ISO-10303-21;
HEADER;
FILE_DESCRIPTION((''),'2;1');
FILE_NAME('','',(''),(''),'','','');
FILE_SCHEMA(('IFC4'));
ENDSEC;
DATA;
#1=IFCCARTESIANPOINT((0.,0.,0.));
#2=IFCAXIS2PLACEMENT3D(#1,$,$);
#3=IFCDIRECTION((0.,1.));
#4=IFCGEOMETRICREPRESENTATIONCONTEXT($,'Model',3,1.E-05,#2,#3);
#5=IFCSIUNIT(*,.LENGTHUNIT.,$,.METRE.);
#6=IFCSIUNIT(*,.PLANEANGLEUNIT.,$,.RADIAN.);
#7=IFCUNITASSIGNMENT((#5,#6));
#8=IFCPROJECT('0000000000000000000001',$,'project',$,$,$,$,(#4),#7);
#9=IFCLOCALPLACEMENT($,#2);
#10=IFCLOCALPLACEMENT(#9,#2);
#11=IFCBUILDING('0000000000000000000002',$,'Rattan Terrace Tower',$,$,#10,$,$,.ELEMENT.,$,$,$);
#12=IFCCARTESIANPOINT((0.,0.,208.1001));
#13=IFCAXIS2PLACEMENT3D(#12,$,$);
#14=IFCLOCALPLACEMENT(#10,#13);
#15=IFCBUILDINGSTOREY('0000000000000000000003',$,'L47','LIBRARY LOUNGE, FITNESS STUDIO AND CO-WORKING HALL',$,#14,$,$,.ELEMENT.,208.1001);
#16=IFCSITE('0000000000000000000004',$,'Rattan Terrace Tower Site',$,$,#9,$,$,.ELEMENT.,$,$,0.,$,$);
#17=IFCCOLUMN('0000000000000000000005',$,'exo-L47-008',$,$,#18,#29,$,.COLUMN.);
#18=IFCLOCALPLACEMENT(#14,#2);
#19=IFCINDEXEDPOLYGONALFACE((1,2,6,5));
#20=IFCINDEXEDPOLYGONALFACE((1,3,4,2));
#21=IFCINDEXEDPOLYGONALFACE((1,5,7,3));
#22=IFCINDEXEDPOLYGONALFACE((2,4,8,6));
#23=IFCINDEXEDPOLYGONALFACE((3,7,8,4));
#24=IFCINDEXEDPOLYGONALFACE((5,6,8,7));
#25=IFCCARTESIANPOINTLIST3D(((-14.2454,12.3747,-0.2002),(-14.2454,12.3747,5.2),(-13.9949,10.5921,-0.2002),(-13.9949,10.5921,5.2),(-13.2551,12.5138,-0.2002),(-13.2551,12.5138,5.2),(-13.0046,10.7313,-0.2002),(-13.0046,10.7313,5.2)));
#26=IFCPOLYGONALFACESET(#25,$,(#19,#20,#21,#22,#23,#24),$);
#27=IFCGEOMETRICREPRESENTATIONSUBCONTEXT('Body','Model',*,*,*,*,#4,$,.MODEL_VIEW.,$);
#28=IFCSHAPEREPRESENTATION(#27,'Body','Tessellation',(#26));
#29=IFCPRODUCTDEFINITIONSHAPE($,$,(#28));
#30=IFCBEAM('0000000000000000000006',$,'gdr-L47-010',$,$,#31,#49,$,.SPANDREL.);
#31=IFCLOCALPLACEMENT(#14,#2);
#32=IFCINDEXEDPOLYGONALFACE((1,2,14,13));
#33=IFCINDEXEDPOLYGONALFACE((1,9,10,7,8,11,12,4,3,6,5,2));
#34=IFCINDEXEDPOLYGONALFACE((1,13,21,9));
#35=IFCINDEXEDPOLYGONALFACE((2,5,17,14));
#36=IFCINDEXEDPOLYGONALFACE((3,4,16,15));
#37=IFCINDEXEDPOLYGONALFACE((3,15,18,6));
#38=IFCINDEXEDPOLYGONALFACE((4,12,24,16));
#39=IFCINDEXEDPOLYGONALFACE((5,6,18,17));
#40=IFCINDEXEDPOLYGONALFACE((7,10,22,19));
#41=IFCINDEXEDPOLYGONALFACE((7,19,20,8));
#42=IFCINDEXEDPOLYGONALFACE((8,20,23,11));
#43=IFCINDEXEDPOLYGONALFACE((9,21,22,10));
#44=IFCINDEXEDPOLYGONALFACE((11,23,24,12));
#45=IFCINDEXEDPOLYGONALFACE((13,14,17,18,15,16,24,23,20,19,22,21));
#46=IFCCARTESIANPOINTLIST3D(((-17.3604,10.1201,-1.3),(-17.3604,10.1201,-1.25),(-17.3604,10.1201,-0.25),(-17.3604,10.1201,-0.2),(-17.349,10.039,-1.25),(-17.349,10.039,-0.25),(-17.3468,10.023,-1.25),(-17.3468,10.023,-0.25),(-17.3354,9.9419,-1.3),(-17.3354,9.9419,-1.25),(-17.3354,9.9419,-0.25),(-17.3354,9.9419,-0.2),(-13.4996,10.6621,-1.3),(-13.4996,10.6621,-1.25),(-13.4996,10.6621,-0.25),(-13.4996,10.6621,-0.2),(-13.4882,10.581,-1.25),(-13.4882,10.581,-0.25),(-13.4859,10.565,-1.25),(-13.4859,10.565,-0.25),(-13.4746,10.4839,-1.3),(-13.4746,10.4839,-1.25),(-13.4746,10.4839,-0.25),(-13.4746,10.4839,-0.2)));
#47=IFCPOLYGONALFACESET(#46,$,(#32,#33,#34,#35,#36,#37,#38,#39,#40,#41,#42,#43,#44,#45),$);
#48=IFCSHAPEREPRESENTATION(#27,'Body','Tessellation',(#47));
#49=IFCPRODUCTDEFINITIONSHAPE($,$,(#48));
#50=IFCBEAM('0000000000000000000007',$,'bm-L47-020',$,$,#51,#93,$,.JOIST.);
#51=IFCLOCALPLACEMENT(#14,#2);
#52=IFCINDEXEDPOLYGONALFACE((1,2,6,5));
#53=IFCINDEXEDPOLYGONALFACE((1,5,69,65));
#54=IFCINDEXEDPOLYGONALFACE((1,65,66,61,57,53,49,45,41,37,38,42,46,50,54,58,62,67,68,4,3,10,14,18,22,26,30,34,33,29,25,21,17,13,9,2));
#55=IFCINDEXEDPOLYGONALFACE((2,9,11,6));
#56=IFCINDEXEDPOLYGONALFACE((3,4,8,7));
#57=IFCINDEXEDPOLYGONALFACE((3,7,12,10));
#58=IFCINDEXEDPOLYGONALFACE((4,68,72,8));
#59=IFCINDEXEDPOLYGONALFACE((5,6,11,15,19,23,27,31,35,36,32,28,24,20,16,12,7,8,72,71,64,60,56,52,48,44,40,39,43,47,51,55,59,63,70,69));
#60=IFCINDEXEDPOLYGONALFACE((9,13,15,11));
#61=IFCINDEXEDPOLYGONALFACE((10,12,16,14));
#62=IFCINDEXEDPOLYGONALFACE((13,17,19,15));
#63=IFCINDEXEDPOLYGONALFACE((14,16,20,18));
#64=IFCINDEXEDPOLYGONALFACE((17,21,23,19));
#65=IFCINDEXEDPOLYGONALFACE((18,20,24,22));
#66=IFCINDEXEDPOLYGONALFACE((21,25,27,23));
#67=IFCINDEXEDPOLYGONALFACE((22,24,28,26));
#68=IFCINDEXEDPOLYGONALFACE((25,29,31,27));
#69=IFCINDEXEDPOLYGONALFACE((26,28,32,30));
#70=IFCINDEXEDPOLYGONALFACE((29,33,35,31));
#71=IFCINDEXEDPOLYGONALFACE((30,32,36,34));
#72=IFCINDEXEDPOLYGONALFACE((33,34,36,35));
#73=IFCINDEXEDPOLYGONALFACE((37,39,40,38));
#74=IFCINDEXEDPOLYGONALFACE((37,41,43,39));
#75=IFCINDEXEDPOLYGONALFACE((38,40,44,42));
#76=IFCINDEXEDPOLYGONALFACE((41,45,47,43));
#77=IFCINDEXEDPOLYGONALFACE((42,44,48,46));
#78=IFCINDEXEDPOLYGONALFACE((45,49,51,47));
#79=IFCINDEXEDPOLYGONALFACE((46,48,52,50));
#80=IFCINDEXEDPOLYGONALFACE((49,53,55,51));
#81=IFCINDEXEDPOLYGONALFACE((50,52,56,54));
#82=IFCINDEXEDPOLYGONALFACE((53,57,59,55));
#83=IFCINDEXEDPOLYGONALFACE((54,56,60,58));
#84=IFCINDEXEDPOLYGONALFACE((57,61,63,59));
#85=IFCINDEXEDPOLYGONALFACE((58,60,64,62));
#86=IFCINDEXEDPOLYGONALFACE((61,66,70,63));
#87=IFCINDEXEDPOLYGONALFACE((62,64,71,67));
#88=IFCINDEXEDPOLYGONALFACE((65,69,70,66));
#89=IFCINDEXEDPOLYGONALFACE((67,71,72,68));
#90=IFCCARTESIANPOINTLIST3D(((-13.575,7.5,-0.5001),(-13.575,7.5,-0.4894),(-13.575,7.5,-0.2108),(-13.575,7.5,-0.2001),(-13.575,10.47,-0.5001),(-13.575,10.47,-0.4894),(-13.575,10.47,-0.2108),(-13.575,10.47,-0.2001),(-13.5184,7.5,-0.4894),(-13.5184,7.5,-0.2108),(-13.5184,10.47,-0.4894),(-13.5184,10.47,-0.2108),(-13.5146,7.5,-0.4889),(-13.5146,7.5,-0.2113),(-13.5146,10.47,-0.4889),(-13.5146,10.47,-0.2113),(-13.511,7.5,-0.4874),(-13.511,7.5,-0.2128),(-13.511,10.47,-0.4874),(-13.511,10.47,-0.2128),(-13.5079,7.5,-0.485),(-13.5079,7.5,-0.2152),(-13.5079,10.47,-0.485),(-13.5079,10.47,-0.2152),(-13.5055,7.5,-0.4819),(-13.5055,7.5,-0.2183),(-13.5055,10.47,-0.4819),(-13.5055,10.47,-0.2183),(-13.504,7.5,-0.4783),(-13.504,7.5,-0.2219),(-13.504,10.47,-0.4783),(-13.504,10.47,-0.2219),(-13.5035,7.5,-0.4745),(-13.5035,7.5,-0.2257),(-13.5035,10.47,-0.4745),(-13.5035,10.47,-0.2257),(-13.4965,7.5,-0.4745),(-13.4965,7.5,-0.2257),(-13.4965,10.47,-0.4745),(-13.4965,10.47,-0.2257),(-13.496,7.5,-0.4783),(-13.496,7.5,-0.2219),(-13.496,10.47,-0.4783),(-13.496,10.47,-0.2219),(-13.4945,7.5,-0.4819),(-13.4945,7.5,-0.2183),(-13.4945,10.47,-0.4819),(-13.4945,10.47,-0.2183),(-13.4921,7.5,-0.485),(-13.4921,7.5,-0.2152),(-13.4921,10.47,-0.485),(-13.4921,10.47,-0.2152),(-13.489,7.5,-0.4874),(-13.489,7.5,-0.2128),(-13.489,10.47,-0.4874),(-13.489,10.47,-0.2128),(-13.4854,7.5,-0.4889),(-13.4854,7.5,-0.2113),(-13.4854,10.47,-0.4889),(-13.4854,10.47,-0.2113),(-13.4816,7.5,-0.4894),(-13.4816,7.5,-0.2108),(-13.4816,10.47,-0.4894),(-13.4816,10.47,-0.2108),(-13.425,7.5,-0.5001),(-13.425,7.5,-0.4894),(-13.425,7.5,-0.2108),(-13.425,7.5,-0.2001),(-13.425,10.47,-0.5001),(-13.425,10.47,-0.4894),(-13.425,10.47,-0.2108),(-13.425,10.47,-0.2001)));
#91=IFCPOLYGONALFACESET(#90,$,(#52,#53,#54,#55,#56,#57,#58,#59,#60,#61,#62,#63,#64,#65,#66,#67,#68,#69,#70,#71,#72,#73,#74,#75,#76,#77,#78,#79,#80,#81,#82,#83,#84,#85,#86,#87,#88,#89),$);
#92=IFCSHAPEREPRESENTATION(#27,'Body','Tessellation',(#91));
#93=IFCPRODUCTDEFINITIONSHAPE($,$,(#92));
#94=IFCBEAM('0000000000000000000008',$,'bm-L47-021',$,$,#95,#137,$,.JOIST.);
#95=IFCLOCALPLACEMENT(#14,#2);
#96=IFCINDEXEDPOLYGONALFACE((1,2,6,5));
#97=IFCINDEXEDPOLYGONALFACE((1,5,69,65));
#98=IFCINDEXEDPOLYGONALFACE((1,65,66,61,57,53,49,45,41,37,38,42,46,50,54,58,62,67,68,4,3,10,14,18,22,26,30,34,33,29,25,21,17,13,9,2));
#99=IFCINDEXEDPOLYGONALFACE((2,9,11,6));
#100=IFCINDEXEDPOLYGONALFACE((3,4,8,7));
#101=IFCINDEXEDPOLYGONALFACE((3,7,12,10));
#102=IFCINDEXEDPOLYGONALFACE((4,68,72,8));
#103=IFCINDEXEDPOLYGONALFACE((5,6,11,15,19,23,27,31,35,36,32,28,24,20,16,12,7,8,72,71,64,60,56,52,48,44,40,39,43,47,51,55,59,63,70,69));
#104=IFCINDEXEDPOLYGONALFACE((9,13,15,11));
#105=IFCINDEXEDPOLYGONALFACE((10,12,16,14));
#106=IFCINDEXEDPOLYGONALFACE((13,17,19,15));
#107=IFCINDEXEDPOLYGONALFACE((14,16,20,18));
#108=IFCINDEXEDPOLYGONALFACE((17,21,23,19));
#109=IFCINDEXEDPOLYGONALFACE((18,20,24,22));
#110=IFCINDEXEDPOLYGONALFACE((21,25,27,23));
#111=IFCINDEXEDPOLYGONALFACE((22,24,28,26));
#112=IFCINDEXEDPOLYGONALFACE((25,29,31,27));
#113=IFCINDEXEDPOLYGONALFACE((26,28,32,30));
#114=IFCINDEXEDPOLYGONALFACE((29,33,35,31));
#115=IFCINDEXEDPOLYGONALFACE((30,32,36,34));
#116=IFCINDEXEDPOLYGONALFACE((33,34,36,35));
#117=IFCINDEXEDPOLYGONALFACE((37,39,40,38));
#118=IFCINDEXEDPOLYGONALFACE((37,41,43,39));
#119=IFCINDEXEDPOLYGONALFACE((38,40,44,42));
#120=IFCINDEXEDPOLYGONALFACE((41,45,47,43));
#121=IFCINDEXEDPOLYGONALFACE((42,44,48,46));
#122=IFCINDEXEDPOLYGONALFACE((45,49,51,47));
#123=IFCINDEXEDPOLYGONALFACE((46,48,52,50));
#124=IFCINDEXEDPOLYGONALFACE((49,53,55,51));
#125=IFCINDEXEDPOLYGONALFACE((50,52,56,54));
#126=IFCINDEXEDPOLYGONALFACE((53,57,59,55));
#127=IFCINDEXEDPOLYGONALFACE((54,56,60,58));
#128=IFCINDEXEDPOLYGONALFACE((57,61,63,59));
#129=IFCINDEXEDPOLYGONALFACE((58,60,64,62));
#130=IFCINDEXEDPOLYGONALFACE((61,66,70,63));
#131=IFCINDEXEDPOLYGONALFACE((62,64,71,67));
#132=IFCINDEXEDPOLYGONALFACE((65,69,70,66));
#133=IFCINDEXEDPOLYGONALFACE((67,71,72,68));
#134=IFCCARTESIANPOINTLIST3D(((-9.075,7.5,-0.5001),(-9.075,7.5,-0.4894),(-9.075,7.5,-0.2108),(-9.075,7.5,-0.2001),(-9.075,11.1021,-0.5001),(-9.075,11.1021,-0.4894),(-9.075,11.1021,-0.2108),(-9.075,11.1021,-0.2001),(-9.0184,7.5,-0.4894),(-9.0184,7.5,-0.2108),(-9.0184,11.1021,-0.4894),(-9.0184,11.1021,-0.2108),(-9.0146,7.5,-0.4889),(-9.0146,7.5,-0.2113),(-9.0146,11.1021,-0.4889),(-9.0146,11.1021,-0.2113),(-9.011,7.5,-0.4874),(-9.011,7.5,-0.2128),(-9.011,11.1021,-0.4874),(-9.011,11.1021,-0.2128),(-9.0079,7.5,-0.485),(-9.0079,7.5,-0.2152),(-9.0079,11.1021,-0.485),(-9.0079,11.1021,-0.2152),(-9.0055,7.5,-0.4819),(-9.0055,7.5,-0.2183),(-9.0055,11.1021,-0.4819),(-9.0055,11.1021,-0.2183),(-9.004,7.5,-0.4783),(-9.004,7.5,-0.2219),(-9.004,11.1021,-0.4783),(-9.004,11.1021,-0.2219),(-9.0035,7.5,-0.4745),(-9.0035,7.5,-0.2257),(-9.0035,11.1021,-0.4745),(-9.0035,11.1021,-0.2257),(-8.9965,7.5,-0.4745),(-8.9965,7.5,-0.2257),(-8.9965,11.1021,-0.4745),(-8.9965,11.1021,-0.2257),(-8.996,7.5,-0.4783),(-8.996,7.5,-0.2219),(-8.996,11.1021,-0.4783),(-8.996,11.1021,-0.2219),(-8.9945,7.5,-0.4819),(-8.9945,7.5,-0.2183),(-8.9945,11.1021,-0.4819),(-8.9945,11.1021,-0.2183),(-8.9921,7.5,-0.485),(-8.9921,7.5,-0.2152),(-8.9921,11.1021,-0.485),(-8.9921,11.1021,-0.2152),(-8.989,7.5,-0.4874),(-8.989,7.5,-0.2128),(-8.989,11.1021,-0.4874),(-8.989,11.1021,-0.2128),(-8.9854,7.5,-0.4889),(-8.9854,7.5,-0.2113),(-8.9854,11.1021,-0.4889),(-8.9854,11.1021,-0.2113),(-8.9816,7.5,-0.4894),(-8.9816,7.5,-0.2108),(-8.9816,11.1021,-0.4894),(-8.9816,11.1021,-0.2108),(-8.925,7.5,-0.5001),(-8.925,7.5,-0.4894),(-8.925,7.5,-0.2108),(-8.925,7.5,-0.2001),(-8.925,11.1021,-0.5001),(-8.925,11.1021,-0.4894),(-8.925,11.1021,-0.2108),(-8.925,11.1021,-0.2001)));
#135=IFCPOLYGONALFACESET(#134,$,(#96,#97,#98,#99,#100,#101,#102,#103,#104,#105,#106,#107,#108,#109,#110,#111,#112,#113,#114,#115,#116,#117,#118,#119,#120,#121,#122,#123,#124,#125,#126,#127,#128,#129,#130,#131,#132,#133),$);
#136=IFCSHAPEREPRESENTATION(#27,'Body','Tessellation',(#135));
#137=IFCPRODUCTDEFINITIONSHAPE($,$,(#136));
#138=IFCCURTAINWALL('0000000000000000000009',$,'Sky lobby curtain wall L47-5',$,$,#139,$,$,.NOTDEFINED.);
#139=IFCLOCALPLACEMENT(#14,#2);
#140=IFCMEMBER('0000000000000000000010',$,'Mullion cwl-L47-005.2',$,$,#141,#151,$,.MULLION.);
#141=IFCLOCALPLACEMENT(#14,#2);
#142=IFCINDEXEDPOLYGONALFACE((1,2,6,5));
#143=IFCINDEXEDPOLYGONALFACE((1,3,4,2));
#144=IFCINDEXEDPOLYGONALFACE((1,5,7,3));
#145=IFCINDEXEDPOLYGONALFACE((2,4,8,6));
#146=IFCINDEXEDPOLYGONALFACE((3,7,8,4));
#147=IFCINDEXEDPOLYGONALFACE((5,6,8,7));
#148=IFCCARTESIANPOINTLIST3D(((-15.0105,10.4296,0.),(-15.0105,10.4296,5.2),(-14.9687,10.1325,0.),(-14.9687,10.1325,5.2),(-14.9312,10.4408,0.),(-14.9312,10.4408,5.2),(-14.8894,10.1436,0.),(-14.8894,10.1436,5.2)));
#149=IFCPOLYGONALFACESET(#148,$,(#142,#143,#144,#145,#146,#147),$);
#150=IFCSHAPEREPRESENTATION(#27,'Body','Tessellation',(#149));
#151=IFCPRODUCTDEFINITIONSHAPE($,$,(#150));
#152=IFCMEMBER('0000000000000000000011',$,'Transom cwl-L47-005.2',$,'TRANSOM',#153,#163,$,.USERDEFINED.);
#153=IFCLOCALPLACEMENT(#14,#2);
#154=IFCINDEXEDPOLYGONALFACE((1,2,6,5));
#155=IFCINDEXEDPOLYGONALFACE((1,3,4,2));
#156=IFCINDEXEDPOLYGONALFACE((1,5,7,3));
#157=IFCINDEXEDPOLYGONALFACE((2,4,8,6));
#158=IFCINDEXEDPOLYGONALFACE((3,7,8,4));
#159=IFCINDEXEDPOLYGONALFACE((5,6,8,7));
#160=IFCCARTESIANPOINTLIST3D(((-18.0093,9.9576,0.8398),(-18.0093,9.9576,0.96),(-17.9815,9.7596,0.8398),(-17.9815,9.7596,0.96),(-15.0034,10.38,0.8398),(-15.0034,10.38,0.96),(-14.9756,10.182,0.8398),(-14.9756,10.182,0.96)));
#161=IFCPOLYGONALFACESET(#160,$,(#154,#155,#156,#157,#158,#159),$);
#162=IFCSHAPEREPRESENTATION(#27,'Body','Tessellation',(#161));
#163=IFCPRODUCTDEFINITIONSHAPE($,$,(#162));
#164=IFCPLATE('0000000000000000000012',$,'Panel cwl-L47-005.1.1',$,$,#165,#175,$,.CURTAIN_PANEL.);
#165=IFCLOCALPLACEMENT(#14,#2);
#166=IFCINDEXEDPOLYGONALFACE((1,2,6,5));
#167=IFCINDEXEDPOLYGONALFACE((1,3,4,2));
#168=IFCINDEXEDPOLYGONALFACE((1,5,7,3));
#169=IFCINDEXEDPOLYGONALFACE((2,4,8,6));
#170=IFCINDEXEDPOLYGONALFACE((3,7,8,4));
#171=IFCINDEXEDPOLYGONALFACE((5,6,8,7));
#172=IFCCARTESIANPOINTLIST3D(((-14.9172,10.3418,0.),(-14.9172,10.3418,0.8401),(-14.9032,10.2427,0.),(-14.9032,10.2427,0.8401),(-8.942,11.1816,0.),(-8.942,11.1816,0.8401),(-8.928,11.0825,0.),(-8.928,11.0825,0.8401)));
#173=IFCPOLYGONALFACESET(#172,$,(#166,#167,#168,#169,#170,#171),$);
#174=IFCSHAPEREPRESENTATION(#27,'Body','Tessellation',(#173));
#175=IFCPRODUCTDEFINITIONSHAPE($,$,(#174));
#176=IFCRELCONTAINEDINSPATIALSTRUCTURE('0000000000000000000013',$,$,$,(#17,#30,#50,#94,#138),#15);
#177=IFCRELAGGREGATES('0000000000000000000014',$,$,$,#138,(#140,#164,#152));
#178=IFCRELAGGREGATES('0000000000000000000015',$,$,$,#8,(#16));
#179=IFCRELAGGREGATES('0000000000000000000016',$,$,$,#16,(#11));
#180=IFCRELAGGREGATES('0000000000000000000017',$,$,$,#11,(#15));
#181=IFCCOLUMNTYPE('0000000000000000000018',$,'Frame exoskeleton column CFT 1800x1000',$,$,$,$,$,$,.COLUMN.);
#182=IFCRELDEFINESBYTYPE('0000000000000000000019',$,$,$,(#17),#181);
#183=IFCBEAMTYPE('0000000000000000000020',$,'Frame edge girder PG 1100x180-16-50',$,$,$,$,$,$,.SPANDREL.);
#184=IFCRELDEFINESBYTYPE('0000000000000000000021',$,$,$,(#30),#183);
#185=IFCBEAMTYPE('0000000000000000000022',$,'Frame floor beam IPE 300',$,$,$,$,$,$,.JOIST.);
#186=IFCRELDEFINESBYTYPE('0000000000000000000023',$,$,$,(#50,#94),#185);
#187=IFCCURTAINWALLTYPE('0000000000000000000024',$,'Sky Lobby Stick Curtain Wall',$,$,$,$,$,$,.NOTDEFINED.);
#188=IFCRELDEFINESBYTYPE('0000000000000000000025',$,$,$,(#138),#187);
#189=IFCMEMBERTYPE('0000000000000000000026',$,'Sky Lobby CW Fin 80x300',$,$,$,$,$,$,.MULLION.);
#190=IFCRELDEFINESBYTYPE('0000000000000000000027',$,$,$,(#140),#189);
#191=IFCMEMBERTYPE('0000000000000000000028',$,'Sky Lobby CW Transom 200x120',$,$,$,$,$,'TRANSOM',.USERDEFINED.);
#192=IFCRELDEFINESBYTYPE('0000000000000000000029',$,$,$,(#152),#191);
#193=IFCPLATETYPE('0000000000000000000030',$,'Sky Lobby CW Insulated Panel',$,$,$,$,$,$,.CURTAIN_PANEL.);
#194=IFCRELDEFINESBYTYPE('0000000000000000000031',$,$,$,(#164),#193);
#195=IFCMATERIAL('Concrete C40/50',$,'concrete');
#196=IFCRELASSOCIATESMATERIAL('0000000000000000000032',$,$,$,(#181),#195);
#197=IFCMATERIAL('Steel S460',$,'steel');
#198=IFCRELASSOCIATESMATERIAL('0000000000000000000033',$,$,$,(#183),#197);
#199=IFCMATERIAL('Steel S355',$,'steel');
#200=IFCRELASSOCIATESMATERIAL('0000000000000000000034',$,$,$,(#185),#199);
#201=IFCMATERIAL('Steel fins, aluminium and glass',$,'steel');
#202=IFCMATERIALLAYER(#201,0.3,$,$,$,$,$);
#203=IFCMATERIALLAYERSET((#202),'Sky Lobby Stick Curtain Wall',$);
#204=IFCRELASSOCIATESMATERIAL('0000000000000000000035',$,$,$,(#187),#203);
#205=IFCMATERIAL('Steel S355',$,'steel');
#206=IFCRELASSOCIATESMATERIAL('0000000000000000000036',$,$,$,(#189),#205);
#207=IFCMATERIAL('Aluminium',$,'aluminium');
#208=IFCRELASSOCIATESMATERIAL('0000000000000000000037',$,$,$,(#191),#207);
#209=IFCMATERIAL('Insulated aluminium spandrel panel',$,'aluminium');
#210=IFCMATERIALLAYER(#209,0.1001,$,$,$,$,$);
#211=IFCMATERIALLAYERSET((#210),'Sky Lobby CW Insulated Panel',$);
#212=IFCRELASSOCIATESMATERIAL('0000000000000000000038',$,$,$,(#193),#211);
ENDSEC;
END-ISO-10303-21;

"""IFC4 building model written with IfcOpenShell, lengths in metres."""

from ifc_helpers import new_model, si_unit, direction, frame, origin, origin_2d, place, context, subcontext, project, spatial, rectangle, i_section, extrude, material, layer, layer_set, material_profile, profile_set, type_object, element, aggregate, save


model = new_model("IFC4")

# Units and contexts
model_context = context("Model", 3, precision=1e-05, world=origin(), true_north=direction((0.0, 1.0)))
body_context = subcontext(model_context, "Body", "Model", "MODEL_VIEW")
ifc_project = project(units=[si_unit("LENGTHUNIT", "METRE"), si_unit("PLANEANGLEUNIT", "RADIAN")], contexts=[model_context])

# Site, building, storey
site_placement = place(None, origin())
site = spatial("IfcSite", under=ifc_project, at=site_placement, Name="Rattan Terrace Tower Site", CompositionType="ELEMENT", RefElevation=0.0)
building_placement = place(site_placement, origin())
building = spatial("IfcBuilding", under=site, at=building_placement, Name="Rattan Terrace Tower", CompositionType="ELEMENT")
storey_placement = place(building_placement, frame((0.0, 0.0, 208.1001)))
storey = spatial("IfcBuildingStorey", under=building, at=storey_placement, Name="L47", Description="LIBRARY LOUNGE, FITNESS STUDIO AND CO-WORKING HALL", CompositionType="ELEMENT", Elevation=208.1001)

# Column
ifc_material_1 = material(Name="Concrete C40/50", Category="concrete")
ifc_material_profile_1 = material_profile(ifc_material_1, rectangle(XDim=1.0, YDim=1.8, at=origin_2d()), Name="CFT 1800x1000")
ifc_profile_set_1 = profile_set([ifc_material_profile_1], Name="Concrete C40/50")
column_type = type_object("IfcColumnType", Name="Frame exoskeleton column CFT 1800x1000", PredefinedType="COLUMN", material=ifc_profile_set_1)
column_placement = place(storey_placement, frame((-13.625, 11.553, -0.2002), z_axis=(0.0, 0.0, 1.0), x_axis=(0.990268, 0.139173, 0.0)))
element("IfcColumn", 1, at=column_placement, inside=storey, type_object=column_type, Name="exo-L47-008", PredefinedType="COLUMN", context=body_context, shape_type="SweptSolid", body=[
    extrude(rectangle(XDim=1.0, YDim=1.8, at=origin_2d()), origin(), (0.0, 0.0, 1.0), 5.4001),
])

# Beams
ifc_material_2 = material(Name="Steel S460", Category="steel")
ifc_material_profile_2 = material_profile(ifc_material_2, i_section(OverallWidth=0.1799, OverallDepth=1.1001, WebThickness=0.0161, FlangeThickness=0.05, at=origin_2d()), Name="PG 1100x180-16-50")
ifc_profile_set_2 = profile_set([ifc_material_profile_2], Name="Steel S460")
beam_type_1 = type_object("IfcBeamType", Name="Frame edge girder PG 1100x180-16-50", PredefinedType="SPANDREL", material=ifc_profile_set_2)
beam_1_placement = place(storey_placement, frame((-13.4871, 10.573, -0.75), z_axis=(-0.99029, -0.139019, 0.0), x_axis=(0.139019, -0.99029, 0.0)))
element("IfcBeam", 2, at=beam_1_placement, inside=storey, type_object=beam_type_1, Name="gdr-L47-010", PredefinedType="SPANDREL", context=body_context, shape_type="SweptSolid", body=[
    extrude(i_section(OverallWidth=0.1799, OverallDepth=1.1001, WebThickness=0.0161, FlangeThickness=0.05, at=origin_2d()), origin(), (0.0, 0.0, 1.0), 3.8987),
])
ifc_material_3 = material(Name="Steel S355", Category="steel")
ifc_material_profile_3 = material_profile(ifc_material_3, i_section(OverallWidth=0.1499, OverallDepth=0.3, WebThickness=0.0071, FlangeThickness=0.0107, FilletRadius=0.0149, at=origin_2d()), Name="IPE 300")
ifc_profile_set_3 = profile_set([ifc_material_profile_3], Name="Steel S355")
beam_type_2 = type_object("IfcBeamType", Name="Frame floor beam IPE 300", PredefinedType="JOIST", material=ifc_profile_set_3)
beam_2_placement = place(storey_placement, frame((-13.5, 7.5, -0.3501), z_axis=(0.0, 1.0, 0.0), x_axis=(-1.0, 0.0, 0.0)))
element("IfcBeam", 3, at=beam_2_placement, inside=storey, type_object=beam_type_2, Name="bm-L47-020", PredefinedType="JOIST", context=body_context, shape_type="SweptSolid", body=[
    extrude(i_section(OverallWidth=0.1499, OverallDepth=0.3, WebThickness=0.0071, FlangeThickness=0.0107, FilletRadius=0.0149, at=origin_2d()), origin(), (0.0, 0.0, 1.0), 2.97),
])
beam_3_placement = place(storey_placement, frame((-9.0, 7.5, -0.3501), z_axis=(0.0, 1.0, 0.0), x_axis=(-1.0, 0.0, 0.0)))
element("IfcBeam", 4, at=beam_3_placement, inside=storey, type_object=beam_type_2, Name="bm-L47-021", PredefinedType="JOIST", context=body_context, shape_type="SweptSolid", body=[
    extrude(i_section(OverallWidth=0.1499, OverallDepth=0.3, WebThickness=0.0071, FlangeThickness=0.0107, FilletRadius=0.0149, at=origin_2d()), origin(), (0.0, 0.0, 1.0), 3.6021),
])

# Curtain wall, members, plate
ifc_material_4 = material(Name="Steel fins, aluminium and glass", Category="steel")
ifc_layer_1 = layer(ifc_material_4, 0.3)
ifc_layer_set_1 = layer_set([ifc_layer_1], Name="Sky Lobby Stick Curtain Wall")
curtain_wall_type = type_object("IfcCurtainWallType", Name="Sky Lobby Stick Curtain Wall", PredefinedType="NOTDEFINED", material=ifc_layer_set_1)
curtain_wall_placement = place(storey_placement, origin())
curtain_wall = element("IfcCurtainWall", 5, at=curtain_wall_placement, inside=storey, type_object=curtain_wall_type, Name="Sky lobby curtain wall L47-5", PredefinedType="NOTDEFINED")
ifc_material_5 = material(Name="Steel S355", Category="steel")
ifc_material_profile_4 = material_profile(ifc_material_5, rectangle(XDim=0.0801, YDim=0.3, at=origin_2d()), Name="Steel S355 80x300")
ifc_profile_set_4 = profile_set([ifc_material_profile_4], Name="Steel S355")
member_type_1 = type_object("IfcMemberType", Name="Sky Lobby CW Fin 80x300", PredefinedType="MULLION", material=ifc_profile_set_4)
member_1_placement = place(storey_placement, frame((-14.95, 10.2866, 0.0), z_axis=(0.0, 0.0, 1.0), x_axis=(-0.990267, -0.139177, 0.0)))
member_1 = element("IfcMember", 6, at=member_1_placement, type_object=member_type_1, Name="Mullion cwl-L47-005.2", PredefinedType="MULLION", context=body_context, shape_type="SweptSolid", body=[
    extrude(rectangle(XDim=0.0801, YDim=0.3, at=origin_2d()), origin(), (0.0, 0.0, 1.0), 5.2),
])
ifc_material_6 = material(Name="Aluminium", Category="aluminium")
ifc_material_profile_5 = material_profile(ifc_material_6, rectangle(XDim=0.2, YDim=0.1201, at=origin_2d()), Name="Aluminium 200x120")
ifc_profile_set_5 = profile_set([ifc_material_profile_5], Name="Aluminium")
member_type_2 = type_object("IfcMemberType", Name="Sky Lobby CW Transom 200x120", ElementType="TRANSOM", PredefinedType="USERDEFINED", material=ifc_profile_set_5)
member_2_placement = place(storey_placement, frame((-14.9895, 10.281, 0.8999), z_axis=(-0.990272, -0.139146, 0.0), x_axis=(0.139146, -0.990272, 0.0)))
member_2 = element("IfcMember", 7, at=member_2_placement, type_object=member_type_2, Name="Transom cwl-L47-005.2", ObjectType="TRANSOM", PredefinedType="USERDEFINED", context=body_context, shape_type="SweptSolid", body=[
    extrude(rectangle(XDim=0.2, YDim=0.1201, at=origin_2d()), origin(), (0.0, 0.0, 1.0), 3.0354),
])
ifc_material_7 = material(Name="Insulated aluminium spandrel panel", Category="aluminium")
ifc_layer_2 = layer(ifc_material_7, 0.1001)
ifc_layer_set_2 = layer_set([ifc_layer_2], Name="Sky Lobby CW Insulated Panel")
plate_type_1 = type_object("IfcPlateType", Name="Sky Lobby CW Insulated Panel", PredefinedType="CURTAIN_PANEL", material=ifc_layer_set_2)
plate_1_placement = place(storey_placement, frame((-11.9226, 10.7122, 0.0), z_axis=(0.0, 0.0, 1.0), x_axis=(-0.990267, -0.139177, 0.0)))
plate_1 = element("IfcPlate", 8, at=plate_1_placement, type_object=plate_type_1, Name="Panel cwl-L47-005.1.1", PredefinedType="CURTAIN_PANEL", context=body_context, shape_type="SweptSolid", body=[
    extrude(rectangle(XDim=6.0339, YDim=0.1001, at=origin_2d()), origin(), (0.0, 0.0, 1.0), 0.8401),
])
aggregate(curtain_wall, [member_1, plate_1, member_2])

save(model, "model.ifc")
